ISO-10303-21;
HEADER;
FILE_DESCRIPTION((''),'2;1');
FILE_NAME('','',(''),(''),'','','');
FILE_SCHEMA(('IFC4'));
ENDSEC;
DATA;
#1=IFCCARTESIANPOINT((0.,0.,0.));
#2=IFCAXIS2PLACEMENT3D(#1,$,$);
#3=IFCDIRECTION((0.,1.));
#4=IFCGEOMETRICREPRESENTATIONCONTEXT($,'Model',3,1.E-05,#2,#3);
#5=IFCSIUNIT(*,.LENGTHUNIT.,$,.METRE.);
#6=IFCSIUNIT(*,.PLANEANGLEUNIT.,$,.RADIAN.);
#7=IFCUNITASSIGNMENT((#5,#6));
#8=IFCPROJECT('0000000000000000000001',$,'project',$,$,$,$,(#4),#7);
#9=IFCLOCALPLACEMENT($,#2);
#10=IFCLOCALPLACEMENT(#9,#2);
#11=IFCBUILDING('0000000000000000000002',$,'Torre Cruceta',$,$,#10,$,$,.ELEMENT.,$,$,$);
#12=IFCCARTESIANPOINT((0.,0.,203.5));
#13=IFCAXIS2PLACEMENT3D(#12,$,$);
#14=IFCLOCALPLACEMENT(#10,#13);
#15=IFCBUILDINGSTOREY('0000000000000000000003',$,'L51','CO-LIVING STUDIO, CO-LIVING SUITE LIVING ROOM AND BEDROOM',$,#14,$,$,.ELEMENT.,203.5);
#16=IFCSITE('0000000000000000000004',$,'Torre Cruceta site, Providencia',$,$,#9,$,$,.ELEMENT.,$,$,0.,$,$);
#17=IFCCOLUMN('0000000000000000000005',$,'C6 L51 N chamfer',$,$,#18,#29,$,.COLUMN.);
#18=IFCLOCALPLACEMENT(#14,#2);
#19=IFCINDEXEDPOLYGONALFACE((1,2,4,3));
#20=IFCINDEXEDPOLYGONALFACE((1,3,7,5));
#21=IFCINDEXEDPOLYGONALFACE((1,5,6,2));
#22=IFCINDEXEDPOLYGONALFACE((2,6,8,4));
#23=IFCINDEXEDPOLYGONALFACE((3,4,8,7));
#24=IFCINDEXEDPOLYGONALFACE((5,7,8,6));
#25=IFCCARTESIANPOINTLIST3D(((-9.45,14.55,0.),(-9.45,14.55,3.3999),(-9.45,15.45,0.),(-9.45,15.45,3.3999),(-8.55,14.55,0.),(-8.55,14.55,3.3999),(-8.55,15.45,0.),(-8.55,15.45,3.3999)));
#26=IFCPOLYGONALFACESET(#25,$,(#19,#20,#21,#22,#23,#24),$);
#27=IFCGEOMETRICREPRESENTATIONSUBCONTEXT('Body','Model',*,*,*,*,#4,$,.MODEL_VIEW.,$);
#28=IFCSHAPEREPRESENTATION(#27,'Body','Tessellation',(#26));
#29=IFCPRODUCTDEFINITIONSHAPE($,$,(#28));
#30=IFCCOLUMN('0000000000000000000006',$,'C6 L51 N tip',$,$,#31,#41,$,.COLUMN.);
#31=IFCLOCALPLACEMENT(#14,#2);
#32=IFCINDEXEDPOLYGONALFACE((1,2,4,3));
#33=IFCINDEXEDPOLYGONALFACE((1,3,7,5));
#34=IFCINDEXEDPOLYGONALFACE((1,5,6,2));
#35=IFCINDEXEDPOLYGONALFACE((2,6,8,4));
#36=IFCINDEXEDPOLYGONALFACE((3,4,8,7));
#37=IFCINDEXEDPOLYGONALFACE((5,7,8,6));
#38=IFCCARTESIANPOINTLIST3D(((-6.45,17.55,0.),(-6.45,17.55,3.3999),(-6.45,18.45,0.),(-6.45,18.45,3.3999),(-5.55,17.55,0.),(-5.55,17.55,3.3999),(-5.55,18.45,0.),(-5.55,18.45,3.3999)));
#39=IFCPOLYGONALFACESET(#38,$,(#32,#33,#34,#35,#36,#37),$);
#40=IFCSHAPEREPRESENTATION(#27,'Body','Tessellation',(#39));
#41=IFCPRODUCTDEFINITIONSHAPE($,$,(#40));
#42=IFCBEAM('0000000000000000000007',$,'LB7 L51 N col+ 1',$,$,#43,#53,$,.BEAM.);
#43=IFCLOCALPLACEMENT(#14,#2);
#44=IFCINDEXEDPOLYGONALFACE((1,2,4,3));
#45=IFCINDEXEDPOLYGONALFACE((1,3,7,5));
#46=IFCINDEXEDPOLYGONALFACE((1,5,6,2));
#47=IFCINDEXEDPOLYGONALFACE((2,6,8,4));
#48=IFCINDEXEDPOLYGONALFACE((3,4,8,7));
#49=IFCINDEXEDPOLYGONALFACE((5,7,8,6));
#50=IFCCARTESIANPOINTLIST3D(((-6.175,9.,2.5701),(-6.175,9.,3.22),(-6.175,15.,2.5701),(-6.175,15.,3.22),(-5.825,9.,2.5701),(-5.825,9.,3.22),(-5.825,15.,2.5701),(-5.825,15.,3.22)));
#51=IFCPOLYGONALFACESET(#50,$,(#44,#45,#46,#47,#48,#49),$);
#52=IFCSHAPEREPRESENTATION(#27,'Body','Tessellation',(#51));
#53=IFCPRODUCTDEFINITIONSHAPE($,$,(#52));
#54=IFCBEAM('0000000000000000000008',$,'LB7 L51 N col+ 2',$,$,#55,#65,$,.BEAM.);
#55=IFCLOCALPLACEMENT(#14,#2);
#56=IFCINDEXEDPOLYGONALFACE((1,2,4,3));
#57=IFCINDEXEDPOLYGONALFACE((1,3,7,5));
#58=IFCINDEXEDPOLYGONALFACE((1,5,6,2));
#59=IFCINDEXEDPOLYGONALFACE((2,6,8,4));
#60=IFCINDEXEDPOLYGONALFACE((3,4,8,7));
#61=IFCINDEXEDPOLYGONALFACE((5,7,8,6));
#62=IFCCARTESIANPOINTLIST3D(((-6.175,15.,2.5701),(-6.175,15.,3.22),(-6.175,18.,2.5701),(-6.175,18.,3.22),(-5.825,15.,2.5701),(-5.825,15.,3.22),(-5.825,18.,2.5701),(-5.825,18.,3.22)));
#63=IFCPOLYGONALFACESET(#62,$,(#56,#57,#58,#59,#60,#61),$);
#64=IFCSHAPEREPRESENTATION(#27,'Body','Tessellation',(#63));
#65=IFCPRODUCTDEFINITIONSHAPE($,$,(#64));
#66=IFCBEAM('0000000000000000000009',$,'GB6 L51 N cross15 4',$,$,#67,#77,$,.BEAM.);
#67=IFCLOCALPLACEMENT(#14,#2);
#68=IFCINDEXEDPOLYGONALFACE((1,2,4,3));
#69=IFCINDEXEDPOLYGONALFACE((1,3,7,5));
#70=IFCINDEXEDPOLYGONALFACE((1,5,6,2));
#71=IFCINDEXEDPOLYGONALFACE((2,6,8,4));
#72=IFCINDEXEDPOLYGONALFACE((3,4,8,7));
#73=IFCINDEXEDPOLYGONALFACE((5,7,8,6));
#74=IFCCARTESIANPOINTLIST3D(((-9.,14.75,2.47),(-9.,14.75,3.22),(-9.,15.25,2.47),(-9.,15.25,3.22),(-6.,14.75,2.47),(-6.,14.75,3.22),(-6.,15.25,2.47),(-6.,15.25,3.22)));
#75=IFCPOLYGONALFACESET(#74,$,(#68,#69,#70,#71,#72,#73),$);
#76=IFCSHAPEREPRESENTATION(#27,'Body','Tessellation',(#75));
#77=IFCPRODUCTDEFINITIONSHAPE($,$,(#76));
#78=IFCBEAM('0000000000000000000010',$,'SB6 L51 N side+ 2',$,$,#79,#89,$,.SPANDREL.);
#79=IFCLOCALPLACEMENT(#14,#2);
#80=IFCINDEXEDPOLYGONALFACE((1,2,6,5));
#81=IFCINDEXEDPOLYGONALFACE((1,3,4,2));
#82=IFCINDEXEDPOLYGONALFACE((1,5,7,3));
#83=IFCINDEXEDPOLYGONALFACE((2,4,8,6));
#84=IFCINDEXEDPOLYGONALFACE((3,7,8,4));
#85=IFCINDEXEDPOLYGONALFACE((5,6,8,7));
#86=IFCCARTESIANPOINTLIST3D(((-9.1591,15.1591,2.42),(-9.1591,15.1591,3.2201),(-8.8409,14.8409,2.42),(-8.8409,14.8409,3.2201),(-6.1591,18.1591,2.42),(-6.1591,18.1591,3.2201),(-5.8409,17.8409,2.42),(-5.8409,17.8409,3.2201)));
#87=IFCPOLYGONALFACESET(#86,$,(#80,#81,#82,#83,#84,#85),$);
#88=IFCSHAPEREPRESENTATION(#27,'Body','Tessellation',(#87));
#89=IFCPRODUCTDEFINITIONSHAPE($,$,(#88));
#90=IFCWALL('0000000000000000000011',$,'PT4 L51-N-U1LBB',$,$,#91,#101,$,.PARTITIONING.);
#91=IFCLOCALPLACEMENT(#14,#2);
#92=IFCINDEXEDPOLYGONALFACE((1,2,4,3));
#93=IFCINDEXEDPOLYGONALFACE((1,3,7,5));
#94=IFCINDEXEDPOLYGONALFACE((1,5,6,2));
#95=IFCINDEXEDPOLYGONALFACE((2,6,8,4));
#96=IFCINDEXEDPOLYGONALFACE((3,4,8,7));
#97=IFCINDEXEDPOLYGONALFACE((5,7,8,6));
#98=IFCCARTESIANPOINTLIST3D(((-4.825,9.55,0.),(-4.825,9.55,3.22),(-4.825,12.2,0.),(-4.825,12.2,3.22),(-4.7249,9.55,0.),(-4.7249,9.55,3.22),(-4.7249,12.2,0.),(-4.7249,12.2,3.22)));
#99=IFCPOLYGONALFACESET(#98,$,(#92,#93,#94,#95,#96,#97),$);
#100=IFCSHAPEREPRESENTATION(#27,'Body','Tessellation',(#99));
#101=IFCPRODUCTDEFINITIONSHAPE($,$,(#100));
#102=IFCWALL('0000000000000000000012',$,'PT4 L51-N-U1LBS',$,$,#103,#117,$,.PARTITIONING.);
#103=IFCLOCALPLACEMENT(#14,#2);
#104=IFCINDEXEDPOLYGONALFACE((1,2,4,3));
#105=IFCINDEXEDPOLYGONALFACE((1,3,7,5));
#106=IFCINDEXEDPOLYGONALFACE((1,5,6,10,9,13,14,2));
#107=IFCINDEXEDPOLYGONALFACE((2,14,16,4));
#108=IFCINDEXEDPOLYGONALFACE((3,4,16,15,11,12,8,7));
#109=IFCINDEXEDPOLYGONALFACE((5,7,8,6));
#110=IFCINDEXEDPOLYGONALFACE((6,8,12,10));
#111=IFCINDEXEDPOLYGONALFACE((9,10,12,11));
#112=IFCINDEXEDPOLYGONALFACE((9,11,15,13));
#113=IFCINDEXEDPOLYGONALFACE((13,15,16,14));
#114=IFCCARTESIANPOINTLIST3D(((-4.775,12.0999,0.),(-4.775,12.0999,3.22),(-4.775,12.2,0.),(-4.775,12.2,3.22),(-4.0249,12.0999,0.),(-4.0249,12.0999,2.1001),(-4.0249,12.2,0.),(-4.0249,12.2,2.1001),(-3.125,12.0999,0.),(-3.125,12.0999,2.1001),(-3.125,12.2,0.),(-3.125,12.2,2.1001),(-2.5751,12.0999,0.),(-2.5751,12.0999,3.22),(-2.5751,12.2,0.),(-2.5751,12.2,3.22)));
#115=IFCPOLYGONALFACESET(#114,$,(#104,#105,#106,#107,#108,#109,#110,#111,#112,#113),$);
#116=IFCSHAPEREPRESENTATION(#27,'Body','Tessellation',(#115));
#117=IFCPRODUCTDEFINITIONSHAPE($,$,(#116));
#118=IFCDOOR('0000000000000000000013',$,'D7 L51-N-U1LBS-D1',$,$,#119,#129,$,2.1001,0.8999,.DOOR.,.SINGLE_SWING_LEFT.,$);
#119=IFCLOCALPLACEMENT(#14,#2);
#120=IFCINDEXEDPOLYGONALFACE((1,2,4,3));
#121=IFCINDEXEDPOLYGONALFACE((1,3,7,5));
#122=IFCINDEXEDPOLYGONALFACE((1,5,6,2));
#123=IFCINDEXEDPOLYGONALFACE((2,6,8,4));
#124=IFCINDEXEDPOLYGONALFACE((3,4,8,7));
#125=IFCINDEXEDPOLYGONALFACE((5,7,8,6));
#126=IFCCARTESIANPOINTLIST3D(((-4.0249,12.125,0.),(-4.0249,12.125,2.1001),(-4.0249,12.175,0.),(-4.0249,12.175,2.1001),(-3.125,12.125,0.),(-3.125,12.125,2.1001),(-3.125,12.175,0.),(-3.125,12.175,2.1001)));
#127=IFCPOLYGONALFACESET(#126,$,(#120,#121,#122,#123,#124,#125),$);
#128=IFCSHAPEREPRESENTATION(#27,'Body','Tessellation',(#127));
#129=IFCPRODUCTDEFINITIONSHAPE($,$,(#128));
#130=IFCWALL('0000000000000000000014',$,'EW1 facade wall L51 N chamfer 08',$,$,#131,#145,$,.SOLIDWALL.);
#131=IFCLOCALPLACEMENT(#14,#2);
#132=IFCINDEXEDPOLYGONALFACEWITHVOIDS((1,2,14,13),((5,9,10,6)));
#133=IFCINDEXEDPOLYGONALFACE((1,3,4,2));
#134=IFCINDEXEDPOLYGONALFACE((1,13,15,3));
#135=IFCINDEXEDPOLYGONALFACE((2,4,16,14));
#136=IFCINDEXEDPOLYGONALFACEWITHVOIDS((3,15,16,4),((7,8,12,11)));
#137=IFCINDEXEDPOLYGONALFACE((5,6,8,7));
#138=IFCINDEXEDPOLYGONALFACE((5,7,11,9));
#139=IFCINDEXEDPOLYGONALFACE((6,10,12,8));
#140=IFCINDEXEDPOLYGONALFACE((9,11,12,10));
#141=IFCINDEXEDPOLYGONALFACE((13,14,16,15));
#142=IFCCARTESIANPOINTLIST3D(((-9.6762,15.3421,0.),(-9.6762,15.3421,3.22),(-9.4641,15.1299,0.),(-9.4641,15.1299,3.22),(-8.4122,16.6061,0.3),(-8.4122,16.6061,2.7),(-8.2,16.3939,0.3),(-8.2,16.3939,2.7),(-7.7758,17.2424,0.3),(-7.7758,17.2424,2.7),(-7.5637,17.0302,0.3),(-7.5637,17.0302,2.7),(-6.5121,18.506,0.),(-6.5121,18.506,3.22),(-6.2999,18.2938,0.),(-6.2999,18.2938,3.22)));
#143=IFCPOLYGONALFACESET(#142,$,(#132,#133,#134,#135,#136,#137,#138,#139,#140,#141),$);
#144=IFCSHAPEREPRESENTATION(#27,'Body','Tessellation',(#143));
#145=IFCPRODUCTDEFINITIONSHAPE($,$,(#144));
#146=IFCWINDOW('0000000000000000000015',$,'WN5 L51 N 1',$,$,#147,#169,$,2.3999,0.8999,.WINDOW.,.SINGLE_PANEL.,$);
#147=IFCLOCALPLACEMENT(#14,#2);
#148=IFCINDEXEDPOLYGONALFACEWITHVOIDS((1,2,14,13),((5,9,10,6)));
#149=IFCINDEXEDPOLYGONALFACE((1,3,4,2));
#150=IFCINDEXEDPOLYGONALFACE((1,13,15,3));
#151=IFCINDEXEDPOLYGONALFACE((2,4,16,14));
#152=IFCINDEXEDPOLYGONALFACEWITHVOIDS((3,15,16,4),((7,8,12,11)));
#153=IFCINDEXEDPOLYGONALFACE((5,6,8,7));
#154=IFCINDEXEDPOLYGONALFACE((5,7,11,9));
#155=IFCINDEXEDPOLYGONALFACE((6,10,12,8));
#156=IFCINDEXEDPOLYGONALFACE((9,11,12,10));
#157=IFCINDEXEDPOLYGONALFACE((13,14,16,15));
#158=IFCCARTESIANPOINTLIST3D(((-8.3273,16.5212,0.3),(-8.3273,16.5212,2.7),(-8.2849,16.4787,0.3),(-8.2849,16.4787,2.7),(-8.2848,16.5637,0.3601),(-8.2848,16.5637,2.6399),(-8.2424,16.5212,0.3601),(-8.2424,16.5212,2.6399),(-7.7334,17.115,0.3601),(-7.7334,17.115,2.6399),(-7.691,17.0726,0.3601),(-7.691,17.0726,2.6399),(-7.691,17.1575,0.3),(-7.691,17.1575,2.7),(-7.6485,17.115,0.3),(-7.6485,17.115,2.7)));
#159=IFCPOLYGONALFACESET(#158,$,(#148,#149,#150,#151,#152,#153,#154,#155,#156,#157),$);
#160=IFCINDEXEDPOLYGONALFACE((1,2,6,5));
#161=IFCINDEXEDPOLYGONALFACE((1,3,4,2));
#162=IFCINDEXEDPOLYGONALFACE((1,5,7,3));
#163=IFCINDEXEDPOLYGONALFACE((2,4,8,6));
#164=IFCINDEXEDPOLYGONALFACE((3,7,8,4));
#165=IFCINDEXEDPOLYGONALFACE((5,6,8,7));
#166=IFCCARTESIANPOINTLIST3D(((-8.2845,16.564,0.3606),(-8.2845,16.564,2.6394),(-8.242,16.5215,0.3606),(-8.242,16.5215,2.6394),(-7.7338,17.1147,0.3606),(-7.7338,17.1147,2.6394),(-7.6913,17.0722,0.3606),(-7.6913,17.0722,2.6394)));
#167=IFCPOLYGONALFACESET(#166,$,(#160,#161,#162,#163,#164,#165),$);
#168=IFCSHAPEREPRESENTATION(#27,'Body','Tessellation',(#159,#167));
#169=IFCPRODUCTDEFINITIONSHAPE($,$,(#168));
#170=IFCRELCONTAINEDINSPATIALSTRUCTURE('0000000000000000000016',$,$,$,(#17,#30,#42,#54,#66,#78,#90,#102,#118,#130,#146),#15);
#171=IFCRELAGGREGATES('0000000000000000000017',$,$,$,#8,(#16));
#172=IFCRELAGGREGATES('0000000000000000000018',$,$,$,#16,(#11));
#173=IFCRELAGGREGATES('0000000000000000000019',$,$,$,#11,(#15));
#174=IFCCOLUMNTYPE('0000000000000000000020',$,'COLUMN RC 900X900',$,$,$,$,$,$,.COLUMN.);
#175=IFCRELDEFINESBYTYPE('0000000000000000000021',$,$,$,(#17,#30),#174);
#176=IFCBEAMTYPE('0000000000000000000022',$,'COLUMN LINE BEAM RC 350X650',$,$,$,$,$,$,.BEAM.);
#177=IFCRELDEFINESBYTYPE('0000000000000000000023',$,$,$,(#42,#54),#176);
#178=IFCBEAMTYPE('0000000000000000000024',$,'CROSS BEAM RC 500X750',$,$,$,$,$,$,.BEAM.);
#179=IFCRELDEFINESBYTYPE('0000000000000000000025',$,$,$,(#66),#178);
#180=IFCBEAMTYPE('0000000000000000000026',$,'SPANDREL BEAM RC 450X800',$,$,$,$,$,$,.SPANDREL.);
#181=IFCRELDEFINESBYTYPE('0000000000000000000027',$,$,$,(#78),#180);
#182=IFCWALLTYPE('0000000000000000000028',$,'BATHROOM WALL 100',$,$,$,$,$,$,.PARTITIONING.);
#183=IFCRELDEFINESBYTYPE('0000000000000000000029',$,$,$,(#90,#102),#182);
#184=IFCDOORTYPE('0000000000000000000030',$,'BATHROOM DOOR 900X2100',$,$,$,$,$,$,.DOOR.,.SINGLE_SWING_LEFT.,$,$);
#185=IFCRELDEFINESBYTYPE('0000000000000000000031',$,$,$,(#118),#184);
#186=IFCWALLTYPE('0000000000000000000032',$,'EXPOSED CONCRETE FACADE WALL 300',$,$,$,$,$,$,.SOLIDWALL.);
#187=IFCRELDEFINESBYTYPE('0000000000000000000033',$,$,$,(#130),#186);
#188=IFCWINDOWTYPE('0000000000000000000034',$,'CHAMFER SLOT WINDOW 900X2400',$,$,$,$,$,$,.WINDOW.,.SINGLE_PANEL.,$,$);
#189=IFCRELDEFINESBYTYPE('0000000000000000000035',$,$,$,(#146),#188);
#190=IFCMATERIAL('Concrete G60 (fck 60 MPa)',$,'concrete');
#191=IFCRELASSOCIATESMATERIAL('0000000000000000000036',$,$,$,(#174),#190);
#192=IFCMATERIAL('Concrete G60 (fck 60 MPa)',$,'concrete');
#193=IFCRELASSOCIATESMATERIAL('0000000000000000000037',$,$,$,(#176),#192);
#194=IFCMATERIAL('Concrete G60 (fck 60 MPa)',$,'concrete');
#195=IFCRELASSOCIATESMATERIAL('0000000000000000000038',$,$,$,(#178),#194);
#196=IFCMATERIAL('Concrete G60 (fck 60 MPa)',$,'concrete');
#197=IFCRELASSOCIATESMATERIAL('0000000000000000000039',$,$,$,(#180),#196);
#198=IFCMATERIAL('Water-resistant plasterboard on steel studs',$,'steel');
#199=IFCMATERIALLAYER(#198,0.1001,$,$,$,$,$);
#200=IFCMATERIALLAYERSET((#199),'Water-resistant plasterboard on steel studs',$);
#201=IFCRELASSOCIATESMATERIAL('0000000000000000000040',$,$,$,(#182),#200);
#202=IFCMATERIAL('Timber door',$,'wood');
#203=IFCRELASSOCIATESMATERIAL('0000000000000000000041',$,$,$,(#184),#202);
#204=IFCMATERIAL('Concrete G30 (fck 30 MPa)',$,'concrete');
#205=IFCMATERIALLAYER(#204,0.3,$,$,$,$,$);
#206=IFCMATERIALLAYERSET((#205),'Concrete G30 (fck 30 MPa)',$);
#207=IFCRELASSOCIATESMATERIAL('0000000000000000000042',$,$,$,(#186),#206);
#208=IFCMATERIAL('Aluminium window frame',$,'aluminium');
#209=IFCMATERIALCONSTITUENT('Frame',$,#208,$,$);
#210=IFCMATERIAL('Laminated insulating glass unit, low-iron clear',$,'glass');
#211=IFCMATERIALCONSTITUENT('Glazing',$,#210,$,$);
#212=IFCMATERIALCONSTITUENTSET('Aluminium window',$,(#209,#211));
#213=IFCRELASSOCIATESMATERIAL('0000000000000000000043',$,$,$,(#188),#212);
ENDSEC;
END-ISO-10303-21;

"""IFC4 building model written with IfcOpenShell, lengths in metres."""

from ifc_helpers import new_model, si_unit, direction, frame, frame_2d, origin, origin_2d, place, context, subcontext, project, spatial, rectangle, hollow_rectangle, extrude, material, layer, layer_set, constituent, constituent_set, material_profile, profile_set, type_object, element, fill, save


model = new_model("IFC4")

# Units and contexts
model_context = context("Model", 3, precision=1e-05, world=origin(), true_north=direction((0.0, 1.0)))
body_context = subcontext(model_context, "Body", "Model", "MODEL_VIEW")
ifc_project = project(units=[si_unit("LENGTHUNIT", "METRE"), si_unit("PLANEANGLEUNIT", "RADIAN")], contexts=[model_context])

# Site, building, storey
site_placement = place(None, origin())
site = spatial("IfcSite", under=ifc_project, at=site_placement, Name="Torre Cruceta site, Providencia", CompositionType="ELEMENT", RefElevation=0.0)
building_placement = place(site_placement, origin())
building = spatial("IfcBuilding", under=site, at=building_placement, Name="Torre Cruceta", CompositionType="ELEMENT")
storey_placement = place(building_placement, frame((0.0, 0.0, 203.5)))
storey = spatial("IfcBuildingStorey", under=building, at=storey_placement, Name="L51", Description="CO-LIVING STUDIO, CO-LIVING SUITE LIVING ROOM AND BEDROOM", CompositionType="ELEMENT", Elevation=203.5)

# Columns
ifc_material_1 = material(Name="Concrete G60 (fck 60 MPa)", Category="concrete")
ifc_material_profile_1 = material_profile(ifc_material_1, rectangle(XDim=0.8999, YDim=0.8999, at=origin_2d()), Name="RC 900X900")
ifc_profile_set_1 = profile_set([ifc_material_profile_1], Name="Concrete G60 (fck 60 MPa)")
column_type = type_object("IfcColumnType", Name="COLUMN RC 900X900", PredefinedType="COLUMN", material=ifc_profile_set_1)
for number, where, z_axis, x_axis, name in (
    (1, (-9.0, 15.0, 0.0), (0.0, 0.0, 1.0), (1.0, 0.0, 0.0), "C6 L51 N chamfer"),
    (2, (-6.0, 18.0, 0.0), (0.0, 0.0, 1.0), (1.0, 0.0, 0.0), "C6 L51 N tip"),
):
    element("IfcColumn", number, at=place(storey_placement, frame(where, z_axis=z_axis, x_axis=x_axis)), inside=storey, type_object=column_type, Name=name, PredefinedType="COLUMN", context=body_context, shape_type="SweptSolid", body=[
        extrude(rectangle(XDim=0.8999, YDim=0.8999, at=origin_2d()), origin(), (0.0, 0.0, 1.0), 3.3999),
    ])

# Beams
ifc_material_2 = material(Name="Concrete G60 (fck 60 MPa)", Category="concrete")
ifc_material_profile_2 = material_profile(ifc_material_2, rectangle(XDim=0.3501, YDim=0.6499, at=origin_2d()), Name="RC 350X650")
ifc_profile_set_2 = profile_set([ifc_material_profile_2], Name="Concrete G60 (fck 60 MPa)")
beam_type_1 = type_object("IfcBeamType", Name="COLUMN LINE BEAM RC 350X650", PredefinedType="BEAM", material=ifc_profile_set_2)
beam_1_placement = place(storey_placement, frame((-6.0, 9.0, 2.895), z_axis=(0.0, 1.0, 0.0), x_axis=(-1.0, 0.0, 0.0)))
element("IfcBeam", 3, at=beam_1_placement, inside=storey, type_object=beam_type_1, Name="LB7 L51 N col+ 1", PredefinedType="BEAM", context=body_context, shape_type="SweptSolid", body=[
    extrude(rectangle(XDim=0.3501, YDim=0.6499, at=origin_2d()), origin(), (0.0, 0.0, 1.0), 6.0),
])
beam_2_placement = place(storey_placement, frame((-6.0, 15.0, 2.895), z_axis=(0.0, 1.0, 0.0), x_axis=(-1.0, 0.0, 0.0)))
element("IfcBeam", 4, at=beam_2_placement, inside=storey, type_object=beam_type_1, Name="LB7 L51 N col+ 2", PredefinedType="BEAM", context=body_context, shape_type="SweptSolid", body=[
    extrude(rectangle(XDim=0.3501, YDim=0.6499, at=origin_2d()), origin(), (0.0, 0.0, 1.0), 3.0),
])
ifc_material_3 = material(Name="Concrete G60 (fck 60 MPa)", Category="concrete")
ifc_material_profile_3 = material_profile(ifc_material_3, rectangle(XDim=0.5, YDim=0.75, at=origin_2d()), Name="RC 500X750")
ifc_profile_set_3 = profile_set([ifc_material_profile_3], Name="Concrete G60 (fck 60 MPa)")
beam_type_2 = type_object("IfcBeamType", Name="CROSS BEAM RC 500X750", PredefinedType="BEAM", material=ifc_profile_set_3)
beam_3_placement = place(storey_placement, frame((-6.0, 15.0, 2.845), z_axis=(-1.0, 0.0, 0.0), x_axis=(0.0, -1.0, 0.0)))
element("IfcBeam", 5, at=beam_3_placement, inside=storey, type_object=beam_type_2, Name="GB6 L51 N cross15 4", PredefinedType="BEAM", context=body_context, shape_type="SweptSolid", body=[
    extrude(rectangle(XDim=0.5, YDim=0.75, at=origin_2d()), origin(), (0.0, 0.0, 1.0), 3.0),
])
ifc_material_4 = material(Name="Concrete G60 (fck 60 MPa)", Category="concrete")
ifc_material_profile_4 = material_profile(ifc_material_4, rectangle(XDim=0.45, YDim=0.8, at=origin_2d()), Name="RC 450X800")
ifc_profile_set_4 = profile_set([ifc_material_profile_4], Name="Concrete G60 (fck 60 MPa)")
beam_type_3 = type_object("IfcBeamType", Name="SPANDREL BEAM RC 450X800", PredefinedType="SPANDREL", material=ifc_profile_set_4)
beam_4_placement = place(storey_placement, frame((-9.0, 15.0, 2.8201), z_axis=(0.707107, 0.707107, 0.0), x_axis=(-0.707107, 0.707107, 0.0)))
element("IfcBeam", 6, at=beam_4_placement, inside=storey, type_object=beam_type_3, Name="SB6 L51 N side+ 2", PredefinedType="SPANDREL", context=body_context, shape_type="SweptSolid", body=[
    extrude(rectangle(XDim=0.45, YDim=0.8, at=origin_2d()), origin(), (0.0, 0.0, 1.0), 4.2427),
])

# Wall
ifc_material_5 = material(Name="Water-resistant plasterboard on steel studs", Category="steel")
ifc_layer_1 = layer(ifc_material_5, 0.1001)
ifc_layer_set_1 = layer_set([ifc_layer_1], Name="Water-resistant plasterboard on steel studs")
wall_type_1 = type_object("IfcWallType", Name="BATHROOM WALL 100", PredefinedType="PARTITIONING", material=ifc_layer_set_1)
wall_1_placement = place(storey_placement, frame((-4.7749, 9.55, 0.0), z_axis=(0.0, 0.0, 1.0), x_axis=(0.0, 1.0, 0.0)))
element("IfcWall", 7, at=wall_1_placement, inside=storey, type_object=wall_type_1, Name="PT4 L51-N-U1LBB", PredefinedType="PARTITIONING", context=body_context, shape_type="SweptSolid", body=[
    extrude(rectangle(XDim=2.6499, YDim=0.1001, at=frame_2d((1.325, 0.0))), origin(), (0.0, 0.0, 1.0), 3.22),
])

# Wall, opening, door
wall_2_placement = place(storey_placement, frame((-2.575, 12.1499, 0.0), z_axis=(0.0, 0.0, 1.0), x_axis=(-1.0, 0.0, 0.0)))
wall_2 = element("IfcWall", 8, at=wall_2_placement, inside=storey, type_object=wall_type_1, Name="PT4 L51-N-U1LBS", PredefinedType="PARTITIONING", context=body_context, shape_type="SweptSolid", body=[
    extrude(rectangle(XDim=2.2, YDim=0.1001, at=frame_2d((1.1001, 0.0))), origin(), (0.0, 0.0, 1.0), 3.22),
])
opening_1_placement = place(wall_2_placement, frame((0.55, 0.0, 0.0)))
opening_1 = element("IfcOpeningElement", 9, at=opening_1_placement, cuts=wall_2, PredefinedType="OPENING", context=body_context, shape_type="SweptSolid", body=[
    extrude(rectangle(XDim=0.8999, YDim=2.1001, at=frame_2d((0.45, 1.05))), frame((0.0, 0.0601, 0.0), z_axis=(0.0, -1.0, 0.0), x_axis=(1.0, 0.0, 0.0)), (0.0, 0.0, 1.0), 0.1201),
])
ifc_material_6 = material(Name="Timber door", Category="wood")
door_type_1 = type_object("IfcDoorType", Name="BATHROOM DOOR 900X2100", OperationType="SINGLE_SWING_LEFT", PredefinedType="DOOR", material=ifc_material_6)
door_1_placement = place(opening_1_placement, origin())
door_1 = element("IfcDoor", 10, at=door_1_placement, inside=storey, type_object=door_type_1, Name="D7 L51-N-U1LBS-D1", OperationType="SINGLE_SWING_LEFT", OverallHeight=2.1001, OverallWidth=0.8999, PredefinedType="DOOR", context=body_context, shape_type="SweptSolid", body=[
    extrude(rectangle(XDim=0.8999, YDim=2.1001, at=frame_2d((0.45, 1.05))), frame((0.0, 0.0249, 0.0), z_axis=(0.0, -1.0, 0.0), x_axis=(1.0, 0.0, 0.0)), (0.0, 0.0, 1.0), 0.05),
])
fill(opening_1, door_1)

# Wall, opening, window
ifc_material_7 = material(Name="Concrete G30 (fck 30 MPa)", Category="concrete")
ifc_layer_2 = layer(ifc_material_7, 0.3)
ifc_layer_set_2 = layer_set([ifc_layer_2], Name="Concrete G30 (fck 30 MPa)")
wall_type_2 = type_object("IfcWallType", Name="EXPOSED CONCRETE FACADE WALL 300", PredefinedType="SOLIDWALL", material=ifc_layer_set_2)
wall_3_placement = place(storey_placement, frame((-6.406, 18.3999, 0.0), z_axis=(0.0, 0.0, 1.0), x_axis=(-0.707134, -0.707079, 0.0)))
wall_3 = element("IfcWall", 11, at=wall_3_placement, inside=storey, type_object=wall_type_2, Name="EW1 facade wall L51 N chamfer 08", PredefinedType="SOLIDWALL", context=body_context, shape_type="SweptSolid", body=[
    extrude(rectangle(XDim=4.4746, YDim=0.3, at=frame_2d((2.2373, 0.0))), origin(), (0.0, 0.0, 1.0), 3.22),
])
opening_2_placement = place(wall_3_placement, frame((1.7871, 0.0, 0.3)))
opening_2 = element("IfcOpeningElement", 12, at=opening_2_placement, cuts=wall_3, PredefinedType="OPENING", context=body_context, shape_type="SweptSolid", body=[
    extrude(rectangle(XDim=0.8999, YDim=2.3999, at=frame_2d((0.45, 1.2))), frame((0.0, 0.1599, 0.0), z_axis=(0.0, -1.0, 0.0), x_axis=(1.0, 0.0, 0.0)), (0.0, 0.0, 1.0), 0.3201),
])
ifc_material_8 = material(Name="Aluminium window frame", Category="aluminium")
ifc_constituent_1 = constituent(ifc_material_8, Name="Frame")
ifc_material_9 = material(Name="Laminated insulating glass unit, low-iron clear", Category="glass")
ifc_constituent_2 = constituent(ifc_material_9, Name="Glazing")
ifc_constituent_set_1 = constituent_set(constituents=[ifc_constituent_1, ifc_constituent_2], Name="Aluminium window")
window_type = type_object("IfcWindowType", Name="CHAMFER SLOT WINDOW 900X2400", PartitioningType="SINGLE_PANEL", PredefinedType="WINDOW", material=ifc_constituent_set_1)
window_placement = place(opening_2_placement, origin())
window = element("IfcWindow", 13, at=window_placement, inside=storey, type_object=window_type, Name="WN5 L51 N 1", OverallHeight=2.3999, OverallWidth=0.8999, PartitioningType="SINGLE_PANEL", PredefinedType="WINDOW", context=body_context, shape_type="SweptSolid", body=[
    extrude(hollow_rectangle(XDim=0.8999, YDim=2.3999, WallThickness=0.0601, at=frame_2d((0.45, 1.2))), frame((0.0, 0.03, 0.0), z_axis=(0.0, -1.0, 0.0), x_axis=(1.0, 0.0, 0.0)), (0.0, 0.0, 1.0), 0.0601),
    extrude(rectangle(XDim=0.7788, YDim=2.2788, at=frame_2d((0.45, 1.2))), frame((0.0, 0.03, 0.0), z_axis=(0.0, -1.0, 0.0), x_axis=(1.0, 0.0, 0.0)), (0.0, 0.0, 1.0), 0.0601),
])
fill(opening_2, window)

save(model, "model.ifc")
